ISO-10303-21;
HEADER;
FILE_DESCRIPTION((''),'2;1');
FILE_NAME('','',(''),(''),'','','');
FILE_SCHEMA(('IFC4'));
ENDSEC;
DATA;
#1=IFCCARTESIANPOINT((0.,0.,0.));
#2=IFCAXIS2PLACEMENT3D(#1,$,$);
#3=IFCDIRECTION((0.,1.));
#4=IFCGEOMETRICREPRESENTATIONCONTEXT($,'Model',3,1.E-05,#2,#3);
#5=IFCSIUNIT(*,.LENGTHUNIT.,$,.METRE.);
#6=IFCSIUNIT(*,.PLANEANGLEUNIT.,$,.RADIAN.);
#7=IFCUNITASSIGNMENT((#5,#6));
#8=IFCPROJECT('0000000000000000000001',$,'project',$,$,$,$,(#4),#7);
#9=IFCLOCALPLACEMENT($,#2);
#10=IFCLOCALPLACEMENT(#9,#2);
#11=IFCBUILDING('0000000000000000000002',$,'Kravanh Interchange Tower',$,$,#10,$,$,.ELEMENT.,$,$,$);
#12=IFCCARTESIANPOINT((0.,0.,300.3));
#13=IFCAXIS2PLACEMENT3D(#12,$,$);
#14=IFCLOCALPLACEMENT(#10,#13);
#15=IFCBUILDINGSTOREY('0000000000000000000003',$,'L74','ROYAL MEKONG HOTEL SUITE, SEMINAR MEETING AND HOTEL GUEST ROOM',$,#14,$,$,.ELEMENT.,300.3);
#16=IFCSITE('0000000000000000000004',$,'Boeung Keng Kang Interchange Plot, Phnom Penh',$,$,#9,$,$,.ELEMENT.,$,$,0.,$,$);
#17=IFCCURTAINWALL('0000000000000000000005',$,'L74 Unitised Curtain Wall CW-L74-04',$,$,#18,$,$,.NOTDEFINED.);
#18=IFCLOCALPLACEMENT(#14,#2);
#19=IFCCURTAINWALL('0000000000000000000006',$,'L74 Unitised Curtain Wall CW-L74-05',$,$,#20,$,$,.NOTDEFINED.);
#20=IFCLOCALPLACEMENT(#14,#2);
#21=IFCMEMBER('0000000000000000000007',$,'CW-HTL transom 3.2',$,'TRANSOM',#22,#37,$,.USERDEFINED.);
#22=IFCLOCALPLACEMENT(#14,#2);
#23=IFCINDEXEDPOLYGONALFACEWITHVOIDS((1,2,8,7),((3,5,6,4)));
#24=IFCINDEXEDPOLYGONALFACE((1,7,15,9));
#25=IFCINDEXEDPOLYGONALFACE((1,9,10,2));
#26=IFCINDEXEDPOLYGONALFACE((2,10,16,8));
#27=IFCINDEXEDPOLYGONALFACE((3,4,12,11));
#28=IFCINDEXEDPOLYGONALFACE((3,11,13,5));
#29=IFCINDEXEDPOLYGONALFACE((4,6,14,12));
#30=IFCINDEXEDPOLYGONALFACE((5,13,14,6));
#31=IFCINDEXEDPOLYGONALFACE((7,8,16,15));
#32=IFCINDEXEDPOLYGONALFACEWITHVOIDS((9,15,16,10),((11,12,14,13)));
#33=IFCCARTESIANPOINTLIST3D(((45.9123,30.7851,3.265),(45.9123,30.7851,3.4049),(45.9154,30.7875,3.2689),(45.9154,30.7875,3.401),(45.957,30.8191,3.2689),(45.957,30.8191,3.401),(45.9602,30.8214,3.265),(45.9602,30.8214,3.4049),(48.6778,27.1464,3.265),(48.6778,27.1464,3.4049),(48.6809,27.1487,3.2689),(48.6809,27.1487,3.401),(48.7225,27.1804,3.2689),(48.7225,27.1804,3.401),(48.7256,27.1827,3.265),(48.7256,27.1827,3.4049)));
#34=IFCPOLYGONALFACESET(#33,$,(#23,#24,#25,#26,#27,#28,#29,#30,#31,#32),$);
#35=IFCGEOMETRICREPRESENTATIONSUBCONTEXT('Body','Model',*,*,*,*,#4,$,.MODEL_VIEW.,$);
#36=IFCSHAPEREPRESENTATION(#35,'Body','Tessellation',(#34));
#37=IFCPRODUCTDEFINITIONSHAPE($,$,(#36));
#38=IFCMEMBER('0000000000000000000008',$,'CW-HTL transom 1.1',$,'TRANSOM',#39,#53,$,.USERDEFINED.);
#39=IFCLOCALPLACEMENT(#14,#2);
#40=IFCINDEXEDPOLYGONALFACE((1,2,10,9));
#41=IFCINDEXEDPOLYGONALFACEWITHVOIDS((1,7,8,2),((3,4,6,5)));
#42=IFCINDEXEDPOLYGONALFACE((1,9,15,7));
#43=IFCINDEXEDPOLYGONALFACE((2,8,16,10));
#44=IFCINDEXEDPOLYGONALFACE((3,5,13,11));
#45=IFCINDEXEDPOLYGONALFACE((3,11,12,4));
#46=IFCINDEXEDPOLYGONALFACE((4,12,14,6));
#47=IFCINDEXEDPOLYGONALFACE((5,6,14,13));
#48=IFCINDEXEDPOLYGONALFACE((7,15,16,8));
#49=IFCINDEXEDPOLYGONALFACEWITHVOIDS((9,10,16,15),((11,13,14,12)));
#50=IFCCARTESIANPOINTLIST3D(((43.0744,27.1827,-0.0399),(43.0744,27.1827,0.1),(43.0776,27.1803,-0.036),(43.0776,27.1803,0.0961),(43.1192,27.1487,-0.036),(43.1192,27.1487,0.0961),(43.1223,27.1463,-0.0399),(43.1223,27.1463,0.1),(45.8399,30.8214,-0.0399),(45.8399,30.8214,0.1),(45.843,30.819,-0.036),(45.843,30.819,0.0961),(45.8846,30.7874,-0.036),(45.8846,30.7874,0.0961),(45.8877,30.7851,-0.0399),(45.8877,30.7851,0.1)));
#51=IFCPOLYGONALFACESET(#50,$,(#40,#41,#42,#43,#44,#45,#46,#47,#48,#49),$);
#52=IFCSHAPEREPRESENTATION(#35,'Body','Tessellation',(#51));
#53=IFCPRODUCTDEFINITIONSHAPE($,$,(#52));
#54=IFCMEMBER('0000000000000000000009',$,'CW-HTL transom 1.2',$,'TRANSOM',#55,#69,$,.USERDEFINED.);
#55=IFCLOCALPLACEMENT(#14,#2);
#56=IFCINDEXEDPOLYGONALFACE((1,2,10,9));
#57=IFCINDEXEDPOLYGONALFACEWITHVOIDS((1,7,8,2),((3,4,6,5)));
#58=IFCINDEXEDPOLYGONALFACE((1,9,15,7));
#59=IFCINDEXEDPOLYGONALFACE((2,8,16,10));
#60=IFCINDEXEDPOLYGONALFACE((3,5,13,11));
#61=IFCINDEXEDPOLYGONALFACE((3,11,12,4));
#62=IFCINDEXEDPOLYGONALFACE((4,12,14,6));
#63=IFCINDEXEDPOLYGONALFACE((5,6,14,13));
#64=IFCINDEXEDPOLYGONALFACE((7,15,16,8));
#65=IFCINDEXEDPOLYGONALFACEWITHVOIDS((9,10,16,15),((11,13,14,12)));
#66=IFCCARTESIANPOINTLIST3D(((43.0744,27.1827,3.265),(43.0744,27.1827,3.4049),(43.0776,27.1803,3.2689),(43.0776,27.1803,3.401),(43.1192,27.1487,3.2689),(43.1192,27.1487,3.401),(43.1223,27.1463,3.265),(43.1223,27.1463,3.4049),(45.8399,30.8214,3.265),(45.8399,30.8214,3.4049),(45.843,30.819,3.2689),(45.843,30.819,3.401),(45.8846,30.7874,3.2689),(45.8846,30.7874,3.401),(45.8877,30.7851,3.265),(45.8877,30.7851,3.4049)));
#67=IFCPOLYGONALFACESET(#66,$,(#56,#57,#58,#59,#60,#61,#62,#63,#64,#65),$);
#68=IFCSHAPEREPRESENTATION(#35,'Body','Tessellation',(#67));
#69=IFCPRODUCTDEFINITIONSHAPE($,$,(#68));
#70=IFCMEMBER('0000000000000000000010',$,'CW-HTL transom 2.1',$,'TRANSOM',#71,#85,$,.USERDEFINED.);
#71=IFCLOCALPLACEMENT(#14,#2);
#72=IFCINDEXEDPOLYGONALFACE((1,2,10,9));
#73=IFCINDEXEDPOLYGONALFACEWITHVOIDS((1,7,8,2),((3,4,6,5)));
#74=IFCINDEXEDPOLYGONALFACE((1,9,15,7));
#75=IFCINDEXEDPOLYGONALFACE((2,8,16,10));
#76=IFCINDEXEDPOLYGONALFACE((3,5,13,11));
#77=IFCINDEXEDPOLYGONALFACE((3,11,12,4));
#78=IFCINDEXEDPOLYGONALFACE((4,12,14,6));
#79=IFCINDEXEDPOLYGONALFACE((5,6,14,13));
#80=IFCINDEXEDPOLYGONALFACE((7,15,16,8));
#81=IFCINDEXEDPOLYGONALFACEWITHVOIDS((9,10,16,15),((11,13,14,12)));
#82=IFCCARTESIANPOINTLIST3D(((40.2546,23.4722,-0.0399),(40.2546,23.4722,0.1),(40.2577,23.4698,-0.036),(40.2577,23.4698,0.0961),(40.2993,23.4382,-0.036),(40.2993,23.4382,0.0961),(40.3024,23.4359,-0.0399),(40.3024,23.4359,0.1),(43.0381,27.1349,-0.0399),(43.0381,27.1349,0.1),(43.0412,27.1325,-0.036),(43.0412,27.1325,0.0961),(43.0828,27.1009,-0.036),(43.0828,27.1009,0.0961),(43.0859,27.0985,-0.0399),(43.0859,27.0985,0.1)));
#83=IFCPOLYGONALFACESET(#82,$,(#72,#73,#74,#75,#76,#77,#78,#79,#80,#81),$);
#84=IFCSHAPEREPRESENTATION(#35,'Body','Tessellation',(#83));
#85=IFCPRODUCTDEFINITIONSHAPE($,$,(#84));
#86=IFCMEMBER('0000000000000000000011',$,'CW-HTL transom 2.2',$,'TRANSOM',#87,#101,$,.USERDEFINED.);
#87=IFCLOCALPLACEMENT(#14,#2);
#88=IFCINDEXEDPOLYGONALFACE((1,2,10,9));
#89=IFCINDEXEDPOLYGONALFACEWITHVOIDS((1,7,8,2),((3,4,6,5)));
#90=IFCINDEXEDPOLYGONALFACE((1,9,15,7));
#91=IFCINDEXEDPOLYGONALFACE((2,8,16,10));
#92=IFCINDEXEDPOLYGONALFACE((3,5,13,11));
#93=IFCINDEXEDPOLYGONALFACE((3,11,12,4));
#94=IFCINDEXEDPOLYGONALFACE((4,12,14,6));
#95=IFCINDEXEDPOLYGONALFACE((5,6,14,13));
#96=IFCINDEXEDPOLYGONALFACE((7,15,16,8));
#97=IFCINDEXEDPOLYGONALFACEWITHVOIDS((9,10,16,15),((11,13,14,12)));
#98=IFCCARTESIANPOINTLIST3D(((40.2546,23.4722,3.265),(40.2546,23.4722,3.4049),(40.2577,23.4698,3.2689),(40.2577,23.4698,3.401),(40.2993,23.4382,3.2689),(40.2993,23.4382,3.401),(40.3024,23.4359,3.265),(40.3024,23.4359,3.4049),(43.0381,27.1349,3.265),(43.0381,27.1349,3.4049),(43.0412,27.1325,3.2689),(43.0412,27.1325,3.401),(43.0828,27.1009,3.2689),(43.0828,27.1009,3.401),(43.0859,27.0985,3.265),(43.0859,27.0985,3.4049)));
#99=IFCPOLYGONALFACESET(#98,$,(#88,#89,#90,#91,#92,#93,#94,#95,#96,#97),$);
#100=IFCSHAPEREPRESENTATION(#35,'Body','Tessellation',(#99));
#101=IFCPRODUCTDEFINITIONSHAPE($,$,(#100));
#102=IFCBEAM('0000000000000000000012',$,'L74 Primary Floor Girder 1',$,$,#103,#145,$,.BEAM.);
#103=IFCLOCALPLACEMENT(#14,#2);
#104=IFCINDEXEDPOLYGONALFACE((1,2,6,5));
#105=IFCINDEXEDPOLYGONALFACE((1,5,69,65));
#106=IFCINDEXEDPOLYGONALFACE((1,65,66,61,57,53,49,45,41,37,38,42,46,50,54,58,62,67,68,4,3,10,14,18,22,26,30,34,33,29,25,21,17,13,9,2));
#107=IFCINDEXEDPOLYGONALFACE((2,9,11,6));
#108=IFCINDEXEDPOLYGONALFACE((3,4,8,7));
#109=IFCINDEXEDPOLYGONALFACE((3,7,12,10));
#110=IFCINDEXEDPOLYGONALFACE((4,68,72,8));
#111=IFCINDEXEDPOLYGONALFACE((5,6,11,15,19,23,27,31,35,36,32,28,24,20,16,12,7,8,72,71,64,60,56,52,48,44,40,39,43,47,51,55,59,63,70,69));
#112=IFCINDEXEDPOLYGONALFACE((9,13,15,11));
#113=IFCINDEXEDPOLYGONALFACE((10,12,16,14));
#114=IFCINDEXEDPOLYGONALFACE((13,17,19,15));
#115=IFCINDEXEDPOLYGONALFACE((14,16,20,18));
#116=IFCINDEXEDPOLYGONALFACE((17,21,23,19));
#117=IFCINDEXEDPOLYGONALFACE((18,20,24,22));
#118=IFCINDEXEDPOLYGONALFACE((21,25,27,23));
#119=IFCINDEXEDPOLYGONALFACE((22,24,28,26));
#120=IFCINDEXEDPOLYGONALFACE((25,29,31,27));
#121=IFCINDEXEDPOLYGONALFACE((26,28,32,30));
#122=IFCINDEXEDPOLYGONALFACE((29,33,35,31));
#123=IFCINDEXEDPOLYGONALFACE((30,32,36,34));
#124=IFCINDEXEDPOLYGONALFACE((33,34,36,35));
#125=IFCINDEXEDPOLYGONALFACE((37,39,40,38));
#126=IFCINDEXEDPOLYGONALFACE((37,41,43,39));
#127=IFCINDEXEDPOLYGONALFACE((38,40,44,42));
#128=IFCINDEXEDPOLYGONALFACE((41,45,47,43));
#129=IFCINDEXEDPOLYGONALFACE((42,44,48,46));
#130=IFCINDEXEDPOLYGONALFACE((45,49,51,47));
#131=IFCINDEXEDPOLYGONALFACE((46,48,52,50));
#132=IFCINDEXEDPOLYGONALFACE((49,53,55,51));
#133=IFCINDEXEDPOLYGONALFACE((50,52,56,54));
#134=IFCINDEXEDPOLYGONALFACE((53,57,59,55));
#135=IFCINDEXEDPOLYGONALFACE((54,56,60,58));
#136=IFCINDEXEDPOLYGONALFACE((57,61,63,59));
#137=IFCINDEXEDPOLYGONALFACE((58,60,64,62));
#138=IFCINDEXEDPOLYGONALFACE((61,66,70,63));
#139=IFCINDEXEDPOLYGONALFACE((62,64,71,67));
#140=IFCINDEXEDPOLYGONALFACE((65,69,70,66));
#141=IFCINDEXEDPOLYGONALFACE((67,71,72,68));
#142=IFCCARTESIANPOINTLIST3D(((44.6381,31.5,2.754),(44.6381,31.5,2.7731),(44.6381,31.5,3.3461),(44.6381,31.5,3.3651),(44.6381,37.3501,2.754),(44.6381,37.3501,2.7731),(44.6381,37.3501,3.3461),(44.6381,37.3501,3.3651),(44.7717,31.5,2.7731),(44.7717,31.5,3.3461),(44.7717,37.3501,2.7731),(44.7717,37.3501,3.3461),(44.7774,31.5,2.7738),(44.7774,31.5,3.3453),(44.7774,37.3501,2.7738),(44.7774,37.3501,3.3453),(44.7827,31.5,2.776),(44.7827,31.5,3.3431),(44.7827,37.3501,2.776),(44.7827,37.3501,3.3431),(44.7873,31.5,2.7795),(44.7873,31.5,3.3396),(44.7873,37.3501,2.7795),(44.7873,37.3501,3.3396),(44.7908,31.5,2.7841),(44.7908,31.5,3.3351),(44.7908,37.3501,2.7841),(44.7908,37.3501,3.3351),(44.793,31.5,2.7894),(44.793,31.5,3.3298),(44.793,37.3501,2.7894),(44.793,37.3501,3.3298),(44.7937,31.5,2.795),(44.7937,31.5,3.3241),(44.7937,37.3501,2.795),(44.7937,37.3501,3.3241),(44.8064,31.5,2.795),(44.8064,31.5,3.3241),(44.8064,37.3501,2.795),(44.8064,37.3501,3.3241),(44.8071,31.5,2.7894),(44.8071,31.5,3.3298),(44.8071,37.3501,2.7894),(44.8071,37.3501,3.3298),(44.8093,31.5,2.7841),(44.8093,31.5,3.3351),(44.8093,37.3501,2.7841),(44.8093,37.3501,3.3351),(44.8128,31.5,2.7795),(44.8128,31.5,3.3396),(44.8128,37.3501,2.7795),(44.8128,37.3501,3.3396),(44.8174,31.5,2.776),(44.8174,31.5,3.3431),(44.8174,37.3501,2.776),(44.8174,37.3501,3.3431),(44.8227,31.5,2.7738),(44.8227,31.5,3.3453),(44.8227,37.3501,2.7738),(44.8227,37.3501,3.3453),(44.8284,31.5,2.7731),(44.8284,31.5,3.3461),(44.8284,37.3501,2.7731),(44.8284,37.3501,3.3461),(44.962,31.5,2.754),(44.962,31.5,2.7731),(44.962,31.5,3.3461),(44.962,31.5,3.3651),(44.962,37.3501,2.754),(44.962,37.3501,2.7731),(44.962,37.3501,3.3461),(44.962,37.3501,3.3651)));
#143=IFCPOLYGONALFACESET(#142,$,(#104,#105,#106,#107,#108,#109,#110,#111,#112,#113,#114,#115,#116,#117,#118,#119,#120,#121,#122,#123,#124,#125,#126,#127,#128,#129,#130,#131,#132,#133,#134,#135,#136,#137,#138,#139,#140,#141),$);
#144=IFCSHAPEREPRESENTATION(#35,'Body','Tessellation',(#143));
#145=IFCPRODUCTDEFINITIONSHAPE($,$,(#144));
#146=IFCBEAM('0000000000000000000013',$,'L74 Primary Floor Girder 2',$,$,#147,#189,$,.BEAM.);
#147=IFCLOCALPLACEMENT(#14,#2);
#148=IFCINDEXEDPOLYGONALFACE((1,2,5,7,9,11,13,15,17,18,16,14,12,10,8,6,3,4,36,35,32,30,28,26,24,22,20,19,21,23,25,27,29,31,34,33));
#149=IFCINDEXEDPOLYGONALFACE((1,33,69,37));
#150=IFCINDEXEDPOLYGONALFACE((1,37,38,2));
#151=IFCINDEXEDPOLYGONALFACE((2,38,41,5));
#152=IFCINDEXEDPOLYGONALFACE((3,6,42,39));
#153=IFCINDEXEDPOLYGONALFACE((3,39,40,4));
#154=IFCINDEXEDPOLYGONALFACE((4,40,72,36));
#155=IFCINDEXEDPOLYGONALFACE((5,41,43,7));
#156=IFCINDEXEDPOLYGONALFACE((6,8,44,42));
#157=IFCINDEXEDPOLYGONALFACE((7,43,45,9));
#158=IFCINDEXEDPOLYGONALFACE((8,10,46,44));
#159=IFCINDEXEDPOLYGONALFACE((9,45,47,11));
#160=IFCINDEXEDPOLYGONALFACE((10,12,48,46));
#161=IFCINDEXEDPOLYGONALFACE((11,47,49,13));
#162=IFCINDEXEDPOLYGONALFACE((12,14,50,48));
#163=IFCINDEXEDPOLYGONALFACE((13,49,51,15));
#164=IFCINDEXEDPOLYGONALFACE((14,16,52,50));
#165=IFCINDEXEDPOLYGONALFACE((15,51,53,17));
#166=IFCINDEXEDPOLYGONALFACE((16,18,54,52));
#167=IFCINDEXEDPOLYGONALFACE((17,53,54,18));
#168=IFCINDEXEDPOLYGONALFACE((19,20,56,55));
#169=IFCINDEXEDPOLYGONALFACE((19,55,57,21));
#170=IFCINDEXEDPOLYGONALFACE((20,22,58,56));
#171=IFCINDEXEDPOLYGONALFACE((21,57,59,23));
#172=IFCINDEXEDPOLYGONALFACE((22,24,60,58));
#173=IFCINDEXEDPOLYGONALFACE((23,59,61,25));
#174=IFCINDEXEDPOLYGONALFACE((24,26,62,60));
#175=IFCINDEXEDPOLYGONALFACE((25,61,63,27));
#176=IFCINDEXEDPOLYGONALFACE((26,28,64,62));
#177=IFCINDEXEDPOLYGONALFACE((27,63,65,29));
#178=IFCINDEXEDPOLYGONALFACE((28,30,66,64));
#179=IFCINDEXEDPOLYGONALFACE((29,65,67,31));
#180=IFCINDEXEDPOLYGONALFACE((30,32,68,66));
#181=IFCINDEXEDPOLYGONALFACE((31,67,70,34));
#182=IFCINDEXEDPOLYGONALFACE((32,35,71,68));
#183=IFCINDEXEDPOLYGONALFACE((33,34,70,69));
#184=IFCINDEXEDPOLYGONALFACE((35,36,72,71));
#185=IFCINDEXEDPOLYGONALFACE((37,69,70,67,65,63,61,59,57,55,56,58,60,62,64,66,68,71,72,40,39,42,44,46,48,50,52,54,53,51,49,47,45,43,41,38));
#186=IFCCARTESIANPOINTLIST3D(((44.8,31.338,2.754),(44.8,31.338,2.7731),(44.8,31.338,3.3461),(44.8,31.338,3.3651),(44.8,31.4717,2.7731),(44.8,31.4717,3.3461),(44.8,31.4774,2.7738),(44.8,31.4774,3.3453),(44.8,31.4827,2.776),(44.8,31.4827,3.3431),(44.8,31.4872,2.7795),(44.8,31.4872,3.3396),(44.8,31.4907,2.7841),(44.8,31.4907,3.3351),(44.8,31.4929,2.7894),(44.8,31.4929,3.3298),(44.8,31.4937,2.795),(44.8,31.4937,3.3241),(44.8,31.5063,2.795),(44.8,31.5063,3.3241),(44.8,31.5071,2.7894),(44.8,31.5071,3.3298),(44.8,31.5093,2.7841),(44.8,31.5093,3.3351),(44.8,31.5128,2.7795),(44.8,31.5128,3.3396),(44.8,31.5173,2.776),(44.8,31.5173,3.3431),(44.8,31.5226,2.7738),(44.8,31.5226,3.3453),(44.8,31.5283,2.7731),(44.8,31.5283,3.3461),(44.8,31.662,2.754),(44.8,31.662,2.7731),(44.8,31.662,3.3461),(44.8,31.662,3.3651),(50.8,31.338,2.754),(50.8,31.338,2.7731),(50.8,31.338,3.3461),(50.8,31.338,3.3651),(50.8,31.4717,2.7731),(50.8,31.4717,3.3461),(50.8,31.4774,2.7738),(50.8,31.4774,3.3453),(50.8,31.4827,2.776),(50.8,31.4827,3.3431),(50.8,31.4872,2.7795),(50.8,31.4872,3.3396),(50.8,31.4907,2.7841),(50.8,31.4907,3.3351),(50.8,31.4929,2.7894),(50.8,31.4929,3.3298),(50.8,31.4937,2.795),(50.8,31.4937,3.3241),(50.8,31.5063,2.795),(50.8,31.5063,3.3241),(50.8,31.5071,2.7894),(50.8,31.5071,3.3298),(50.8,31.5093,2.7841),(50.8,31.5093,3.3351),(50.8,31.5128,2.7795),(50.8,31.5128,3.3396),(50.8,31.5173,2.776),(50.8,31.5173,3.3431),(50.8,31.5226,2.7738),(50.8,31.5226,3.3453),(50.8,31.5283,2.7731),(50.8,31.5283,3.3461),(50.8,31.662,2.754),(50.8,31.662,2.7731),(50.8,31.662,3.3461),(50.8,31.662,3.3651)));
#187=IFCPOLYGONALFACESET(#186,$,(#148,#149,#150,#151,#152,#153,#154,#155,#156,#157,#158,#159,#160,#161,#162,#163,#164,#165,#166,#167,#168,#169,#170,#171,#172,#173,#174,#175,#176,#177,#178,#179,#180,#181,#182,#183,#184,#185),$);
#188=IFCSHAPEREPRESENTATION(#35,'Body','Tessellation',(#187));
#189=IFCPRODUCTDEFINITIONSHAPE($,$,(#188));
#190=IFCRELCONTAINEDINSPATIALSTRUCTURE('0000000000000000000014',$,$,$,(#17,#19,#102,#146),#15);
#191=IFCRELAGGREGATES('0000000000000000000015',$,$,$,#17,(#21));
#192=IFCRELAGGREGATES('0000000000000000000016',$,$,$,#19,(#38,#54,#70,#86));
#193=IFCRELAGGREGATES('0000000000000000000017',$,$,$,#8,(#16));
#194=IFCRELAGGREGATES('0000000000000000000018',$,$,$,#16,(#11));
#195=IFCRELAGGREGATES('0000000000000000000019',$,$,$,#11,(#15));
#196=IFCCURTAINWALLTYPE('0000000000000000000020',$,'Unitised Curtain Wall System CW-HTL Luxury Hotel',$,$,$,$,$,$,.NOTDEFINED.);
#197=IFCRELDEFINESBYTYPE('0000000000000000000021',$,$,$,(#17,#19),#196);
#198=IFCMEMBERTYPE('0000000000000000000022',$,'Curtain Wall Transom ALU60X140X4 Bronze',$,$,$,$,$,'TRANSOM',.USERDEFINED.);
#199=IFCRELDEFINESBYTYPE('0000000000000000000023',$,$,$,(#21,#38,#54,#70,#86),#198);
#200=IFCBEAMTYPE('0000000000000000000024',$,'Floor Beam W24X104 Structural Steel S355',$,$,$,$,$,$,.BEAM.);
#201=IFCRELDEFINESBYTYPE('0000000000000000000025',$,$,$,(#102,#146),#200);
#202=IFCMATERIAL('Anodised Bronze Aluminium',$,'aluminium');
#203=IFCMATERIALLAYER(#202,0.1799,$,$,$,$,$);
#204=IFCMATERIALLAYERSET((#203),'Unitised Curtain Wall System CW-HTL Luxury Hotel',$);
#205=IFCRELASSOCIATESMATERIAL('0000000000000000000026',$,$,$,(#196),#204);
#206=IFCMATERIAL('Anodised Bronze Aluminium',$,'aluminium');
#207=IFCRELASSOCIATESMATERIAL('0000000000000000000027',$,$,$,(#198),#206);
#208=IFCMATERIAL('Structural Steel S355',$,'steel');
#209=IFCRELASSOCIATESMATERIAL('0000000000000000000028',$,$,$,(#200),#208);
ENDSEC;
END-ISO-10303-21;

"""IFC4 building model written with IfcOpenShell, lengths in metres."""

from ifc_helpers import new_model, si_unit, direction, frame, origin, origin_2d, place, context, subcontext, project, spatial, hollow_rectangle, i_section, extrude, material, layer, layer_set, material_profile, profile_set, type_object, element, aggregate, save


model = new_model("IFC4")

# Units and contexts
model_context = context("Model", 3, precision=1e-05, world=origin(), true_north=direction((0.0, 1.0)))
body_context = subcontext(model_context, "Body", "Model", "MODEL_VIEW")
ifc_project = project(units=[si_unit("LENGTHUNIT", "METRE"), si_unit("PLANEANGLEUNIT", "RADIAN")], contexts=[model_context])

# Site, building, storey
site_placement = place(None, origin())
site = spatial("IfcSite", under=ifc_project, at=site_placement, Name="Boeung Keng Kang Interchange Plot, Phnom Penh", CompositionType="ELEMENT", RefElevation=0.0)
building_placement = place(site_placement, origin())
building = spatial("IfcBuilding", under=site, at=building_placement, Name="Kravanh Interchange Tower", CompositionType="ELEMENT")
storey_placement = place(building_placement, frame((0.0, 0.0, 300.3)))
storey = spatial("IfcBuildingStorey", under=building, at=storey_placement, Name="L74", Description="ROYAL MEKONG HOTEL SUITE, SEMINAR MEETING AND HOTEL GUEST ROOM", CompositionType="ELEMENT", Elevation=300.3)

# Curtain walls
ifc_material_1 = material(Name="Anodised Bronze Aluminium", Category="aluminium")
ifc_layer_1 = layer(ifc_material_1, 0.1799)
ifc_layer_set_1 = layer_set([ifc_layer_1], Name="Unitised Curtain Wall System CW-HTL Luxury Hotel")
curtain_wall_type = type_object("IfcCurtainWallType", Name="Unitised Curtain Wall System CW-HTL Luxury Hotel", PredefinedType="NOTDEFINED", material=ifc_layer_set_1)
curtain_wall_1_placement = place(storey_placement, origin())
curtain_wall_1 = element("IfcCurtainWall", 1, at=curtain_wall_1_placement, inside=storey, type_object=curtain_wall_type, Name="L74 Unitised Curtain Wall CW-L74-04", PredefinedType="NOTDEFINED")
curtain_wall_2_placement = place(storey_placement, origin())
curtain_wall_2 = element("IfcCurtainWall", 2, at=curtain_wall_2_placement, inside=storey, type_object=curtain_wall_type, Name="L74 Unitised Curtain Wall CW-L74-05", PredefinedType="NOTDEFINED")

# Members
ifc_material_2 = material(Name="Anodised Bronze Aluminium", Category="aluminium")
ifc_material_profile_1 = material_profile(ifc_material_2, hollow_rectangle(XDim=0.0601, YDim=0.1399, WallThickness=0.0039, at=origin_2d()), Name="ALU60X140X4")
ifc_profile_set_1 = profile_set([ifc_material_profile_1], Name="Anodised Bronze Aluminium")
member_type_1 = type_object("IfcMemberType", Name="Curtain Wall Transom ALU60X140X4 Bronze", ElementType="TRANSOM", PredefinedType="USERDEFINED", material=ifc_profile_set_1)
member_1_placement = place(storey_placement, frame((48.7017, 27.1646, 3.335), z_axis=(-0.605082, 0.796163, 0.0), x_axis=(-0.796163, -0.605082, 0.0)))
member_1 = element("IfcMember", 3, at=member_1_placement, type_object=member_type_1, Name="CW-HTL transom 3.2", ObjectType="TRANSOM", PredefinedType="USERDEFINED", context=body_context, shape_type="SweptSolid", body=[
    extrude(hollow_rectangle(XDim=0.0601, YDim=0.1399, WallThickness=0.0039, at=origin_2d()), origin(), (0.0, 0.0, 1.0), 4.5703),
])
member_2_placement = place(storey_placement, frame((45.8638, 30.8032, 0.03), z_axis=(-0.605082, -0.796163, 0.0), x_axis=(0.796163, -0.605082, 0.0)))
member_2 = element("IfcMember", 4, at=member_2_placement, type_object=member_type_1, Name="CW-HTL transom 1.1", ObjectType="TRANSOM", PredefinedType="USERDEFINED", context=body_context, shape_type="SweptSolid", body=[
    extrude(hollow_rectangle(XDim=0.0601, YDim=0.1399, WallThickness=0.0039, at=origin_2d()), origin(), (0.0, 0.0, 1.0), 4.5703),
])
member_3_placement = place(storey_placement, frame((45.8638, 30.8032, 3.335), z_axis=(-0.605082, -0.796163, 0.0), x_axis=(0.796163, -0.605082, 0.0)))
member_3 = element("IfcMember", 5, at=member_3_placement, type_object=member_type_1, Name="CW-HTL transom 1.2", ObjectType="TRANSOM", PredefinedType="USERDEFINED", context=body_context, shape_type="SweptSolid", body=[
    extrude(hollow_rectangle(XDim=0.0601, YDim=0.1399, WallThickness=0.0039, at=origin_2d()), origin(), (0.0, 0.0, 1.0), 4.5703),
])
member_4_placement = place(storey_placement, frame((43.062, 27.1167, 0.03), z_axis=(-0.605066, -0.796175, 0.0), x_axis=(0.796175, -0.605066, 0.0)))
member_4 = element("IfcMember", 6, at=member_4_placement, type_object=member_type_1, Name="CW-HTL transom 2.1", ObjectType="TRANSOM", PredefinedType="USERDEFINED", context=body_context, shape_type="SweptSolid", body=[
    extrude(hollow_rectangle(XDim=0.0601, YDim=0.1399, WallThickness=0.0039, at=origin_2d()), origin(), (0.0, 0.0, 1.0), 4.6003),
])
member_5_placement = place(storey_placement, frame((43.062, 27.1167, 3.335), z_axis=(-0.605066, -0.796175, 0.0), x_axis=(0.796175, -0.605066, 0.0)))
member_5 = element("IfcMember", 7, at=member_5_placement, type_object=member_type_1, Name="CW-HTL transom 2.2", ObjectType="TRANSOM", PredefinedType="USERDEFINED", context=body_context, shape_type="SweptSolid", body=[
    extrude(hollow_rectangle(XDim=0.0601, YDim=0.1399, WallThickness=0.0039, at=origin_2d()), origin(), (0.0, 0.0, 1.0), 4.6003),
])

# Beams
ifc_material_3 = material(Name="Structural Steel S355", Category="steel")
ifc_material_profile_2 = material_profile(ifc_material_3, i_section(OverallWidth=0.324, OverallDepth=0.6111, WebThickness=0.0127, FlangeThickness=0.019, FilletRadius=0.022, at=origin_2d()), Name="W24X104")
ifc_profile_set_2 = profile_set([ifc_material_profile_2], Name="Structural Steel S355")
beam_type_1 = type_object("IfcBeamType", Name="Floor Beam W24X104 Structural Steel S355", PredefinedType="BEAM", material=ifc_profile_set_2)
beam_1_placement = place(storey_placement, frame((44.8, 31.5, 3.0596), z_axis=(0.0, 1.0, 0.0), x_axis=(-1.0, 0.0, 0.0)))
element("IfcBeam", 8, at=beam_1_placement, inside=storey, type_object=beam_type_1, Name="L74 Primary Floor Girder 1", PredefinedType="BEAM", context=body_context, shape_type="SweptSolid", body=[
    extrude(i_section(OverallWidth=0.324, OverallDepth=0.6111, WebThickness=0.0127, FlangeThickness=0.019, FilletRadius=0.022, at=origin_2d()), origin(), (0.0, 0.0, 1.0), 5.8501),
])
beam_2_placement = place(storey_placement, frame((44.8, 31.5, 3.0596), z_axis=(1.0, 0.0, 0.0), x_axis=(0.0, 1.0, 0.0)))
element("IfcBeam", 9, at=beam_2_placement, inside=storey, type_object=beam_type_1, Name="L74 Primary Floor Girder 2", PredefinedType="BEAM", context=body_context, shape_type="SweptSolid", body=[
    extrude(i_section(OverallWidth=0.324, OverallDepth=0.6111, WebThickness=0.0127, FlangeThickness=0.019, FilletRadius=0.022, at=origin_2d()), origin(), (0.0, 0.0, 1.0), 6.0),
])

aggregate(curtain_wall_1, [member_1])
aggregate(curtain_wall_2, [member_2, member_3, member_4, member_5])

save(model, "model.ifc")
